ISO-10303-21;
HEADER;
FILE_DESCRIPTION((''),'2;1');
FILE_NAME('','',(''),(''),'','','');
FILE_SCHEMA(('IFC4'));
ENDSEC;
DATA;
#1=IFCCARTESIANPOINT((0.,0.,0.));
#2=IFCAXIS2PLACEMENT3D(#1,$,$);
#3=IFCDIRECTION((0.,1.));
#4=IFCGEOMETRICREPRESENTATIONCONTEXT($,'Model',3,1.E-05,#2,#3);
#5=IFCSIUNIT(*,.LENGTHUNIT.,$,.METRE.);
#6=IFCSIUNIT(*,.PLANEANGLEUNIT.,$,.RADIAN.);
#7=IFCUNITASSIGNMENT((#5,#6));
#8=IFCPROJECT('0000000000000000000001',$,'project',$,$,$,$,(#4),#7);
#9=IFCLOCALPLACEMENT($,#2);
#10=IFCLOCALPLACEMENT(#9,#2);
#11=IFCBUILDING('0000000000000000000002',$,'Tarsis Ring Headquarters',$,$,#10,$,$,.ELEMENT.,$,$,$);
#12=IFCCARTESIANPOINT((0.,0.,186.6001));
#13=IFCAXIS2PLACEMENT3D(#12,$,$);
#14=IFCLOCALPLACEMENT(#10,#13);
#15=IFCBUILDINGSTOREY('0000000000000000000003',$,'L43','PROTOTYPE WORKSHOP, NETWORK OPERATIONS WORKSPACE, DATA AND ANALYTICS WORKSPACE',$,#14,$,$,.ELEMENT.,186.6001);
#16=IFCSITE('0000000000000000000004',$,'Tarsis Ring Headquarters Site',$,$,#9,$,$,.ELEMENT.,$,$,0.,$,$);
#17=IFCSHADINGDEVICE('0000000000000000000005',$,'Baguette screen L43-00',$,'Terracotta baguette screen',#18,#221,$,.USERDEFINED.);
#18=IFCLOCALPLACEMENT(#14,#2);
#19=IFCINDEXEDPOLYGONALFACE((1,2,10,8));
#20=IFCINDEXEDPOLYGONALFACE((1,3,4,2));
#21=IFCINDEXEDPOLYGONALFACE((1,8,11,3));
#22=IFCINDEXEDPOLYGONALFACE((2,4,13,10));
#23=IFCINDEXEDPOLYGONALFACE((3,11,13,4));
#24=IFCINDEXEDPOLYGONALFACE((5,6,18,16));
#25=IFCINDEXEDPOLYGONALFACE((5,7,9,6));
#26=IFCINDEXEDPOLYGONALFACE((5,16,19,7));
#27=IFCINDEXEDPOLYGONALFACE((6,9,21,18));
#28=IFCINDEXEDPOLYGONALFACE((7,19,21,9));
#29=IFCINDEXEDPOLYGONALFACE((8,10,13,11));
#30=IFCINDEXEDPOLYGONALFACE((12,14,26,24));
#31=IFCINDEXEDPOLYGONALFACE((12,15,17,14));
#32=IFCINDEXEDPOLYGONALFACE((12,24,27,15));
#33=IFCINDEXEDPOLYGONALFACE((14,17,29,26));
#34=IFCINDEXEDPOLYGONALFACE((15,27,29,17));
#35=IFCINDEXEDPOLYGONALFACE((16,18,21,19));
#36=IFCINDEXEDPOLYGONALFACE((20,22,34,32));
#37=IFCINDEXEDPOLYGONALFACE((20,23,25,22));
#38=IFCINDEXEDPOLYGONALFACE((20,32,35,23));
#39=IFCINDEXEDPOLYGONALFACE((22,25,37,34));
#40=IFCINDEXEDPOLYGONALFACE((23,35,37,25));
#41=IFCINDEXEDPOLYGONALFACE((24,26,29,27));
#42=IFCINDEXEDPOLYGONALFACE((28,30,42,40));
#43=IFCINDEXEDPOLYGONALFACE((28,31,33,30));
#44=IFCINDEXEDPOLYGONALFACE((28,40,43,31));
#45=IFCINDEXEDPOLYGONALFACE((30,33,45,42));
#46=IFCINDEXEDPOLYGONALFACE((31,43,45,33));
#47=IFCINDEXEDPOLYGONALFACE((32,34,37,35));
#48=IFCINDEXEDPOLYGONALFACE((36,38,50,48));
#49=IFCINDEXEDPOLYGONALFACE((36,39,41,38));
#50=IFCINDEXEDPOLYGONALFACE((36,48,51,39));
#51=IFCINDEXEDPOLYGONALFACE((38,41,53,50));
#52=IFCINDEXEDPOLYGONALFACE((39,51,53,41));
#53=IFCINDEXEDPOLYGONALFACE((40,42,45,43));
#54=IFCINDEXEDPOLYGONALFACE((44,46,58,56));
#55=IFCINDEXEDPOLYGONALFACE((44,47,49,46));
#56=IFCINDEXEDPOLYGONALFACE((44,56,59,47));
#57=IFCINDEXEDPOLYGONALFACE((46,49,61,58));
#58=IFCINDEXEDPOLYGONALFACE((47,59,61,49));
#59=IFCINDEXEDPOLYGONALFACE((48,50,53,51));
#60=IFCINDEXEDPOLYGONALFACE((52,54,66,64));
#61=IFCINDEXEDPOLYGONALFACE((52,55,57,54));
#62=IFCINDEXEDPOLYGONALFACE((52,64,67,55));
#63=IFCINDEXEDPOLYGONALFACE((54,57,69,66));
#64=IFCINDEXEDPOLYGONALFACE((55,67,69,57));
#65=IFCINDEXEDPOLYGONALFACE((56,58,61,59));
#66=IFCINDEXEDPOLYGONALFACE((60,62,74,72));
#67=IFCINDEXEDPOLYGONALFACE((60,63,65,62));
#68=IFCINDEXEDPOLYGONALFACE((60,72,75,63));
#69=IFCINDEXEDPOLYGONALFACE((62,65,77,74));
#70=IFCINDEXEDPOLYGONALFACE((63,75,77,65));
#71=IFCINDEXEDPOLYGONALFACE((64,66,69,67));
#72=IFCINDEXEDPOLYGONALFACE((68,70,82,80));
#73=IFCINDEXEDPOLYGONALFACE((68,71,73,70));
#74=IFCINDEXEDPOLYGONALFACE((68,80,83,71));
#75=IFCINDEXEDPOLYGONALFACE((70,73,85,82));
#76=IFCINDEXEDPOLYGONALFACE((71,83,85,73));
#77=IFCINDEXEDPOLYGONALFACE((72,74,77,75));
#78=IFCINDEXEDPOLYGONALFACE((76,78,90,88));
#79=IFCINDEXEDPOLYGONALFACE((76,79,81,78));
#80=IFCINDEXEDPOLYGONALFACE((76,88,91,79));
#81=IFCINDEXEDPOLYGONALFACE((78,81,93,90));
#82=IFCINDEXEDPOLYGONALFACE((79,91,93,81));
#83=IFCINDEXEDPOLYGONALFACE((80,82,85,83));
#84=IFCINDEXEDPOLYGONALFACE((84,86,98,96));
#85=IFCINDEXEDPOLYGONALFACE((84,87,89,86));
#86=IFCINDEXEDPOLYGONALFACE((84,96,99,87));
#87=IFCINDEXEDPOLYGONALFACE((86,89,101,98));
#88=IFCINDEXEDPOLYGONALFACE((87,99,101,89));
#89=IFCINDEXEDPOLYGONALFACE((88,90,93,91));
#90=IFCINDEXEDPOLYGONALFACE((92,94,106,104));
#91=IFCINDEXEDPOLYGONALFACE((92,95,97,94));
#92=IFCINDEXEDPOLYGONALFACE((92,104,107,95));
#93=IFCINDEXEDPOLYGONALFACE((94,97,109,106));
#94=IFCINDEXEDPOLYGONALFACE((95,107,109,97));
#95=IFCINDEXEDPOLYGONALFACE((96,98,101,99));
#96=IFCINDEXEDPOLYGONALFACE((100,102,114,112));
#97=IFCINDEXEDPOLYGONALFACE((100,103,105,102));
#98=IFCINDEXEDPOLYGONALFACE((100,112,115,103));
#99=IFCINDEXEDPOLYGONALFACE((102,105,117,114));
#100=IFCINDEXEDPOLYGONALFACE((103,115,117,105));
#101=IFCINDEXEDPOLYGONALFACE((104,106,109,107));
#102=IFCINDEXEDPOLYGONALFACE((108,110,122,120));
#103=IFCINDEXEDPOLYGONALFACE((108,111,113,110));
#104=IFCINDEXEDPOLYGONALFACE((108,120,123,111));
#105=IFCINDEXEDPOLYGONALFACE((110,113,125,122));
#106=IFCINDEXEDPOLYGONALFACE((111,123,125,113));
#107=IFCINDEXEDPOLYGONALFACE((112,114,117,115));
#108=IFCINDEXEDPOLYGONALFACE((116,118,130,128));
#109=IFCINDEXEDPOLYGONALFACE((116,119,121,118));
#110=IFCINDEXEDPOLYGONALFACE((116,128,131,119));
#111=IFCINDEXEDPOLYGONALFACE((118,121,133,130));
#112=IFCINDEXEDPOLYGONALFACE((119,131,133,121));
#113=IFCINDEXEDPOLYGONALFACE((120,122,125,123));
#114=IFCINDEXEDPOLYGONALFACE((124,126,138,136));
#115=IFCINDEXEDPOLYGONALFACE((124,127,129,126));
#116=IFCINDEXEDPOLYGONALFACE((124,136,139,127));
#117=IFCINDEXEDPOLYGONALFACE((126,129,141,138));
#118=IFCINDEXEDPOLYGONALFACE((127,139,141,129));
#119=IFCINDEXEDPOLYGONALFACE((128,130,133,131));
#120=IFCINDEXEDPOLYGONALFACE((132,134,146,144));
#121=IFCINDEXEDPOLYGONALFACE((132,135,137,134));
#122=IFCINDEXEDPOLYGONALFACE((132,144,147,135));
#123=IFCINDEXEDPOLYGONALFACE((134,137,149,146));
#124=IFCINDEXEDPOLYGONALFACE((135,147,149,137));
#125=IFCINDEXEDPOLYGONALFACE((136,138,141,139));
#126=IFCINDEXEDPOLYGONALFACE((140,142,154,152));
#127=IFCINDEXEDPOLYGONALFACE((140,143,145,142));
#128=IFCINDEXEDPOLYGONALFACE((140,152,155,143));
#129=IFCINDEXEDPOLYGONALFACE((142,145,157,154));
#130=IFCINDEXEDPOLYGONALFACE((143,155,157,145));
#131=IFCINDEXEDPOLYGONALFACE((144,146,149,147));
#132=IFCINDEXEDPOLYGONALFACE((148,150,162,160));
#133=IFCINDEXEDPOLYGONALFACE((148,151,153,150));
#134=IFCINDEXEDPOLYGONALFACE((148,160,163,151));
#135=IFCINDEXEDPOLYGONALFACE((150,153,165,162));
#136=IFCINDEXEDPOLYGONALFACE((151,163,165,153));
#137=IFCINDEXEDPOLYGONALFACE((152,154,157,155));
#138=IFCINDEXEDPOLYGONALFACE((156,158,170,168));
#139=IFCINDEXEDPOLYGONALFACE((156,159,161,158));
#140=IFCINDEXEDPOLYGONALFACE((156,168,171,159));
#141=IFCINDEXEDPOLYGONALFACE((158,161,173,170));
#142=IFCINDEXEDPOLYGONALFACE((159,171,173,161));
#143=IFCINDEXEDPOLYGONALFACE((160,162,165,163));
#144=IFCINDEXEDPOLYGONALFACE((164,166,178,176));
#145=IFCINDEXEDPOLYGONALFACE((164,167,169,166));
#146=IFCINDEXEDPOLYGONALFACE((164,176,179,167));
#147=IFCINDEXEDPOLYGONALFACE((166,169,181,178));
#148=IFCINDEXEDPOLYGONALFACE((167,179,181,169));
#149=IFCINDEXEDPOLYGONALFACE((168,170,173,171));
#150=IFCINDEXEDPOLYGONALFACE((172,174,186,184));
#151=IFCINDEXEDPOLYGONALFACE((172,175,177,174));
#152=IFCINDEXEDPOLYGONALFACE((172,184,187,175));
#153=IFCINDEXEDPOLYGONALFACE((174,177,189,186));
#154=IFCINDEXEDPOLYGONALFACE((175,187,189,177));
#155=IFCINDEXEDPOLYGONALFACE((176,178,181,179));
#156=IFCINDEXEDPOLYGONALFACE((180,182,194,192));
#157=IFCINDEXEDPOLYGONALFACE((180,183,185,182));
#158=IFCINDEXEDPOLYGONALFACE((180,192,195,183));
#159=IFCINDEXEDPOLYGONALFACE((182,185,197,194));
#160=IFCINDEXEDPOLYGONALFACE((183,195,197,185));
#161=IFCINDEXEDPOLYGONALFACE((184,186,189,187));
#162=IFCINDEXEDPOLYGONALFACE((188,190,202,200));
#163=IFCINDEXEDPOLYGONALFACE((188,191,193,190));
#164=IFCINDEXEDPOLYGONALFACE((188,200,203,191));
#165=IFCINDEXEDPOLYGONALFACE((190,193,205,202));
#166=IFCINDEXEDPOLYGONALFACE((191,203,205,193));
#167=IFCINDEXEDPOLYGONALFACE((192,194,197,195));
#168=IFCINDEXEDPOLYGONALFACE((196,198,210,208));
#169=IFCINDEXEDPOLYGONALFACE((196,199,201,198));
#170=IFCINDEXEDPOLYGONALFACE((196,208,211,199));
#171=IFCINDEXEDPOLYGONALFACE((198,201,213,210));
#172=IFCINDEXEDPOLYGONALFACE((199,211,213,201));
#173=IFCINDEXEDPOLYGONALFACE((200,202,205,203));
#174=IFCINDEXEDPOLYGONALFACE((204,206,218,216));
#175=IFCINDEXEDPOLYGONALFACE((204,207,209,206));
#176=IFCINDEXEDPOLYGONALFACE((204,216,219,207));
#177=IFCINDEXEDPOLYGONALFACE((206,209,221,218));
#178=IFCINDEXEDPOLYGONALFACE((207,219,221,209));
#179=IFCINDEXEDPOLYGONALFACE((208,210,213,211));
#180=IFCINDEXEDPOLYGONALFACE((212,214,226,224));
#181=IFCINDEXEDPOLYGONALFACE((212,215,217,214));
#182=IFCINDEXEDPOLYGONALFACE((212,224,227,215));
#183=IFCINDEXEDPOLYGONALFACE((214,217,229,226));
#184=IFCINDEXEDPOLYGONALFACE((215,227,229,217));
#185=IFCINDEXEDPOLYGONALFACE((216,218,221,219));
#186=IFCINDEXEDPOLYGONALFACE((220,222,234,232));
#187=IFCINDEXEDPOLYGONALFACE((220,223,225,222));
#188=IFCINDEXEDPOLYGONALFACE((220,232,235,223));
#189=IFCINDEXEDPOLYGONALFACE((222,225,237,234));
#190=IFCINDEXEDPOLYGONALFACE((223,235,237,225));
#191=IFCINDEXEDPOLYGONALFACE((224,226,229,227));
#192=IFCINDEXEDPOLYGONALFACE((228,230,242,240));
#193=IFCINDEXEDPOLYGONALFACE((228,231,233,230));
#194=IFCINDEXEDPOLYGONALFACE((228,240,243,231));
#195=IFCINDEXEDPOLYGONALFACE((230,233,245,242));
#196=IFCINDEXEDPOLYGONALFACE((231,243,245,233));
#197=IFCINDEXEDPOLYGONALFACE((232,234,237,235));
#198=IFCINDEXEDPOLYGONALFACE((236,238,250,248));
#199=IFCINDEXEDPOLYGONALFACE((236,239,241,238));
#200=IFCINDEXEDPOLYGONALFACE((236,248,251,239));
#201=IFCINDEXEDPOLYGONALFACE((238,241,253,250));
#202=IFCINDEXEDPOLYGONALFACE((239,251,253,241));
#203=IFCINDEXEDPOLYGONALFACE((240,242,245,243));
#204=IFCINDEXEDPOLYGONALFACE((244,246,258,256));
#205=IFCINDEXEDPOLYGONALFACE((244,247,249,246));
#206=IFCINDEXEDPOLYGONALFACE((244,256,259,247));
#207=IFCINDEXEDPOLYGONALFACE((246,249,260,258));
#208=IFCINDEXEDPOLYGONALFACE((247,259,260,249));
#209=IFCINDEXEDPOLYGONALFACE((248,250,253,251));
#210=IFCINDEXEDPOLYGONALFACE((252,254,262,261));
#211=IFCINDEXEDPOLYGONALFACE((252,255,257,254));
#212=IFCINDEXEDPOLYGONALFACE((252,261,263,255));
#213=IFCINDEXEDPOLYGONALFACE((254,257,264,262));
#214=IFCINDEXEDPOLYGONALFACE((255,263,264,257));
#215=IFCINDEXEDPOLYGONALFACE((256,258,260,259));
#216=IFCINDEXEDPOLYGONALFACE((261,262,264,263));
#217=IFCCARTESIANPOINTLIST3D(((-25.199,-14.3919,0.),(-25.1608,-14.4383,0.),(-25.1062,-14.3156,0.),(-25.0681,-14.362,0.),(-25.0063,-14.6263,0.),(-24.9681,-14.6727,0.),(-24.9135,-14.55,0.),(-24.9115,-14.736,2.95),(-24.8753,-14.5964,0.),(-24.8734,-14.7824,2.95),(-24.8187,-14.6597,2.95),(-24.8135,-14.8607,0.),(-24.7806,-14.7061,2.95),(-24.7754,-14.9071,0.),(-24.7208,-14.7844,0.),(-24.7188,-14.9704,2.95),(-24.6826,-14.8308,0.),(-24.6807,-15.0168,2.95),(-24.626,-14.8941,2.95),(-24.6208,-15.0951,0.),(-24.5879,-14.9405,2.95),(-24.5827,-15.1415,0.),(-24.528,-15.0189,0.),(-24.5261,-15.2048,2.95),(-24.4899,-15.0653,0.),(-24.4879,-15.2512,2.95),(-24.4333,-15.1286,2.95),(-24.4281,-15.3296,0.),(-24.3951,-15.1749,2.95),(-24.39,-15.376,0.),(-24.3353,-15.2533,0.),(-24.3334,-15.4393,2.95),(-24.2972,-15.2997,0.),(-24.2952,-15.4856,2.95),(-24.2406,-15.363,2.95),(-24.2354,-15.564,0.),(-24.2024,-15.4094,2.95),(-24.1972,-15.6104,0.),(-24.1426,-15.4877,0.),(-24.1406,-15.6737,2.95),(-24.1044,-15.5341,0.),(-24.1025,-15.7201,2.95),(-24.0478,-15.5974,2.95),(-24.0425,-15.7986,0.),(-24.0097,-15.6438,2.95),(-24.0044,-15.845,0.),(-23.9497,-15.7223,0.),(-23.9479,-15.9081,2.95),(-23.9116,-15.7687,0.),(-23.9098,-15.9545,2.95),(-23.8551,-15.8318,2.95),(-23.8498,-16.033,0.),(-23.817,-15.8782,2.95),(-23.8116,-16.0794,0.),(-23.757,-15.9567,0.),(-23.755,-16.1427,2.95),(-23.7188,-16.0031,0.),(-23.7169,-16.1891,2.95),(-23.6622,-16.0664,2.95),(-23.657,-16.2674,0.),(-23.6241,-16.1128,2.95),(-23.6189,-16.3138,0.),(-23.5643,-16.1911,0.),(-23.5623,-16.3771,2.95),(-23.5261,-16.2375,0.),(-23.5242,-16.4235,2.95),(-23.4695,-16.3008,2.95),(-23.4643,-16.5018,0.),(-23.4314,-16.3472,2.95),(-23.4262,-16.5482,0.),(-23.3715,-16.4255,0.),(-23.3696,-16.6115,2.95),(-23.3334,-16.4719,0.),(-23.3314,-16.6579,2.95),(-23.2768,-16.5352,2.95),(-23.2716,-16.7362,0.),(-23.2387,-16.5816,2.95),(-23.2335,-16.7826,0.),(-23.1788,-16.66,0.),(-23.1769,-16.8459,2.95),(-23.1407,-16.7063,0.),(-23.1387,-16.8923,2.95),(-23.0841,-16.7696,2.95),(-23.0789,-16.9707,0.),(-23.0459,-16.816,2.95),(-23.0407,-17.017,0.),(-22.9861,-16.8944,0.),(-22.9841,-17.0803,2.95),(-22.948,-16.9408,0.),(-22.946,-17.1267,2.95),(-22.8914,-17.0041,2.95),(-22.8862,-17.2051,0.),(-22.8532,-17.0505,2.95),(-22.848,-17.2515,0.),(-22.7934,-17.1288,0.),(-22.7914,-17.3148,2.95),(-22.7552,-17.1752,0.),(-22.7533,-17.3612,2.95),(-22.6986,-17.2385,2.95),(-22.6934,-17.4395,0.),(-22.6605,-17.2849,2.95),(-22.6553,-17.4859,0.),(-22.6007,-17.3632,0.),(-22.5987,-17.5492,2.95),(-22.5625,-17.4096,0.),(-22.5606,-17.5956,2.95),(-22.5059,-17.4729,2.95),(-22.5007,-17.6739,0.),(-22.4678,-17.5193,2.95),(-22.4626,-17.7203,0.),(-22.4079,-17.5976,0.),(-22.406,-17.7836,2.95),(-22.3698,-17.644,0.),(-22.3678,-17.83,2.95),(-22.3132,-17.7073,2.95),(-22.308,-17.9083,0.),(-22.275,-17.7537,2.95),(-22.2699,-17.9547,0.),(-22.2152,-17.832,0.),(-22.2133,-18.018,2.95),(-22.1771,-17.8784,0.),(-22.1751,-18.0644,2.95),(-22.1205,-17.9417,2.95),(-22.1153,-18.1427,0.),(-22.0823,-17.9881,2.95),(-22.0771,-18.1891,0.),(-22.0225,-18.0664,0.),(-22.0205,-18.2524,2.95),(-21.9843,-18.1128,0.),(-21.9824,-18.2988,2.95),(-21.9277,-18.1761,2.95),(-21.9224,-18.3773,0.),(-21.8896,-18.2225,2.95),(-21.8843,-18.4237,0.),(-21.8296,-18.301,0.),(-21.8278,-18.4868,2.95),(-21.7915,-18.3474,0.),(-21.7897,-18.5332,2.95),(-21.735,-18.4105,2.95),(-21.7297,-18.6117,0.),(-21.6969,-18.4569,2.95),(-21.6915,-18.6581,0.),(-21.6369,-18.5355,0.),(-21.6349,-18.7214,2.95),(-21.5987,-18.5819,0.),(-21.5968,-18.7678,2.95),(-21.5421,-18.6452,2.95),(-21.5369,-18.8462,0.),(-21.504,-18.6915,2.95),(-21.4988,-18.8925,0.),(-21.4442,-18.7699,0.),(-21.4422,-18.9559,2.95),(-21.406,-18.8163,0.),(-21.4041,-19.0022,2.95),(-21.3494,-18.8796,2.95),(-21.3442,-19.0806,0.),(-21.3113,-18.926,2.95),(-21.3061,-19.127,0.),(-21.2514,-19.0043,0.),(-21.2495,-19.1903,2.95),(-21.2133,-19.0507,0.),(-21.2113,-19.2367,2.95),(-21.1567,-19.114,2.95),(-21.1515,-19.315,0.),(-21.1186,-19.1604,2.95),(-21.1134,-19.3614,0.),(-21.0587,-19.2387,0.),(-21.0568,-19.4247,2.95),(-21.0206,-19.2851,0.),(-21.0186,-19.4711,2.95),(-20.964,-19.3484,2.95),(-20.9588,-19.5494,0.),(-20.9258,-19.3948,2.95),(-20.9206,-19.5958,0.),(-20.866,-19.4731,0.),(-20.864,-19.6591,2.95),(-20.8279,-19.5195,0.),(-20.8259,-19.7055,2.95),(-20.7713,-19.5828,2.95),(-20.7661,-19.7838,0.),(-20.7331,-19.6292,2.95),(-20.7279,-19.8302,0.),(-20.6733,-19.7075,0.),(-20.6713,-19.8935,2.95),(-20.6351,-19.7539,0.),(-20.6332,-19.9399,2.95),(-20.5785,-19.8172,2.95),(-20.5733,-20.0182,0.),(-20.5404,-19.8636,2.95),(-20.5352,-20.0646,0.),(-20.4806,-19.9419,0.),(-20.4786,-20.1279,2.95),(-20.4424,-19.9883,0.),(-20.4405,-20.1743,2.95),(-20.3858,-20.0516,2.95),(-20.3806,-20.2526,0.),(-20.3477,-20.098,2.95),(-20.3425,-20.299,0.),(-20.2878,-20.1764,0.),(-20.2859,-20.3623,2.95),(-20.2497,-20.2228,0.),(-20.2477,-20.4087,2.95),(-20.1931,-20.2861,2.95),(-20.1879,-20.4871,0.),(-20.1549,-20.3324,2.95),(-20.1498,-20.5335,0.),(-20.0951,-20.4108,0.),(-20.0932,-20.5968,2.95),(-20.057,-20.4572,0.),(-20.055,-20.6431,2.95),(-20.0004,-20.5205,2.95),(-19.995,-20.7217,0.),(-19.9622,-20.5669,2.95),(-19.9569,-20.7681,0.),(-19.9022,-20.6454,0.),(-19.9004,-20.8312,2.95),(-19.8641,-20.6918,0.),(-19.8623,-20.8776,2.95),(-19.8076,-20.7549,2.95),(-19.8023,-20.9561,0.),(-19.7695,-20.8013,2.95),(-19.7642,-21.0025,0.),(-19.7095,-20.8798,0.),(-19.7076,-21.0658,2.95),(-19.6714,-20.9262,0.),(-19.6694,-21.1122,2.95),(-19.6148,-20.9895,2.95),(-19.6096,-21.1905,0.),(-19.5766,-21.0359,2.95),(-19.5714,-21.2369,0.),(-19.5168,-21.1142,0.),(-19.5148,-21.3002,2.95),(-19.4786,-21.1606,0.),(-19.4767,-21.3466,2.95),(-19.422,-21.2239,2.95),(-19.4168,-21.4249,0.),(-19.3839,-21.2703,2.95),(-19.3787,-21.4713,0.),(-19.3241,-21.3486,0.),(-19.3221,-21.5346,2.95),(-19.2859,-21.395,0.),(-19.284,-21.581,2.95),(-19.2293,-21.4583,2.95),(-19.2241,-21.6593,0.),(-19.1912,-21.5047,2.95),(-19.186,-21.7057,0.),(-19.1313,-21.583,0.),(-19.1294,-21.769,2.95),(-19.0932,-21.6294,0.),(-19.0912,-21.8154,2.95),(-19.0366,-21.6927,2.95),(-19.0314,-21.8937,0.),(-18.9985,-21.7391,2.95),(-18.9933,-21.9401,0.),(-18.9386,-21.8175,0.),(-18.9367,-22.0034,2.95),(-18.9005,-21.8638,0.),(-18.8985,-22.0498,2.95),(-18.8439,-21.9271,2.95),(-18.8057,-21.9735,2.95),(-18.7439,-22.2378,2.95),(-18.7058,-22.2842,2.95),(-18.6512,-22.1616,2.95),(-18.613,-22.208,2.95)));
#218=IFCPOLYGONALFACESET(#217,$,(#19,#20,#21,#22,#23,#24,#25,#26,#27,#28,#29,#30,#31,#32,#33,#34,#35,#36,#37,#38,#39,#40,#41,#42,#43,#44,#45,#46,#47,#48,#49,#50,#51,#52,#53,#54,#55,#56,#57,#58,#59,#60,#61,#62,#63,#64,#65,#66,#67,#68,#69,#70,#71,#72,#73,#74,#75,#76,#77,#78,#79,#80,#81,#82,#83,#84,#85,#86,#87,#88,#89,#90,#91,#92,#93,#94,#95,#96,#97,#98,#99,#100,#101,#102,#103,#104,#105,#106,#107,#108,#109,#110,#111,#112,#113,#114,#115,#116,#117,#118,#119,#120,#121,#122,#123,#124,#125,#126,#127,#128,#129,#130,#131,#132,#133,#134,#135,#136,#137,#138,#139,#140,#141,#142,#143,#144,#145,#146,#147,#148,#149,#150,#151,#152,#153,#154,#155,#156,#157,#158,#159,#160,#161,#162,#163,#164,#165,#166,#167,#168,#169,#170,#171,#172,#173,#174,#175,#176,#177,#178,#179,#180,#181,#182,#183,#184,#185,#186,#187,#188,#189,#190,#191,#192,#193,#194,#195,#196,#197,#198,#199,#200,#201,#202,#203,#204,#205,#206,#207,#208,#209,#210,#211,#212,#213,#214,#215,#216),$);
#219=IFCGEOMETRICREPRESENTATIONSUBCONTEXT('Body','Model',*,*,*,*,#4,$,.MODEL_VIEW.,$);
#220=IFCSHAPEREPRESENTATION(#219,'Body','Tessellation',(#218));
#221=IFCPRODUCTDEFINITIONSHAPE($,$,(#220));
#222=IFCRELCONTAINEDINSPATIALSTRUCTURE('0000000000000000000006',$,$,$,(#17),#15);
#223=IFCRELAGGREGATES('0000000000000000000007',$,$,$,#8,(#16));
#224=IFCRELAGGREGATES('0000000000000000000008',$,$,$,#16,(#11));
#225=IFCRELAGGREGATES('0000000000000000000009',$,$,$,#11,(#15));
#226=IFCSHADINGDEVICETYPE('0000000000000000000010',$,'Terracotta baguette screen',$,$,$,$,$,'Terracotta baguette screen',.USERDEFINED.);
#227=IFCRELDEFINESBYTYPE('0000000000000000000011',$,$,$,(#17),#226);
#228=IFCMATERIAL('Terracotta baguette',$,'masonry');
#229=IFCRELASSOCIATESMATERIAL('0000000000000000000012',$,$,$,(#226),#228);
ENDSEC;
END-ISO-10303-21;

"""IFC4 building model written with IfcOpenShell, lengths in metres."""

from ifc_helpers import new_model, si_unit, direction, frame, frame_2d, origin, place, context, subcontext, project, spatial, rectangle, composite_profile, extrude, material, type_object, element, save


model = new_model("IFC4")

# Units and contexts
model_context = context("Model", 3, precision=1e-05, world=origin(), true_north=direction((0.0, 1.0)))
body_context = subcontext(model_context, "Body", "Model", "MODEL_VIEW")
ifc_project = project(units=[si_unit("LENGTHUNIT", "METRE"), si_unit("PLANEANGLEUNIT", "RADIAN")], contexts=[model_context])

# Site, building, storey
site_placement = place(None, origin())
site = spatial("IfcSite", under=ifc_project, at=site_placement, Name="Tarsis Ring Headquarters Site", CompositionType="ELEMENT", RefElevation=0.0)
building_placement = place(site_placement, origin())
building = spatial("IfcBuilding", under=site, at=building_placement, Name="Tarsis Ring Headquarters", CompositionType="ELEMENT")
storey_placement = place(building_placement, frame((0.0, 0.0, 186.6001)))
storey = spatial("IfcBuildingStorey", under=building, at=storey_placement, Name="L43", Description="PROTOTYPE WORKSHOP, NETWORK OPERATIONS WORKSPACE, DATA AND ANALYTICS WORKSPACE", CompositionType="ELEMENT", Elevation=186.6001)

# Shading device
ifc_material_1 = material(Name="Terracotta baguette", Category="masonry")
shading_device_type = type_object("IfcShadingDeviceType", Name="Terracotta baguette screen", ElementType="Terracotta baguette screen", PredefinedType="USERDEFINED", material=ifc_material_1)
shading_device_1_placement = place(storey_placement, frame((-25.1526, -14.3538, 0.0), z_axis=(0.0, 0.0, 1.0), x_axis=(0.635062, -0.772448, 0.0)))
element("IfcShadingDevice", 1, at=shading_device_1_placement, inside=storey, type_object=shading_device_type, Name="Baguette screen L43-00", ObjectType="Terracotta baguette screen", PredefinedType="USERDEFINED", context=body_context, shape_type="SweptSolid", body=[
    extrude(composite_profile([rectangle(XDim=0.0601, YDim=0.1201, at=frame_2d((0.03, 0.0))), rectangle(XDim=0.0601, YDim=0.1201, at=frame_2d((0.3335, 0.0))), rectangle(XDim=0.0601, YDim=0.1201, at=frame_2d((0.637, 0.0))), rectangle(XDim=0.0601, YDim=0.1201, at=frame_2d((0.9404, 0.0))), rectangle(XDim=0.0601, YDim=0.1201, at=frame_2d((1.2439, 0.0))), rectangle(XDim=0.0601, YDim=0.1201, at=frame_2d((1.5474, 0.0))), rectangle(XDim=0.0601, YDim=0.1201, at=frame_2d((1.8511, 0.0))), rectangle(XDim=0.0601, YDim=0.1201, at=frame_2d((2.1545, 0.0))), rectangle(XDim=0.0601, YDim=0.1201, at=frame_2d((2.458, 0.0))), rectangle(XDim=0.0601, YDim=0.1201, at=frame_2d((2.7615, 0.0))), rectangle(XDim=0.0601, YDim=0.1201, at=frame_2d((3.0649, 0.0))), rectangle(XDim=0.0601, YDim=0.1201, at=frame_2d((3.3684, 0.0))), rectangle(XDim=0.0601, YDim=0.1201, at=frame_2d((3.6719, 0.0))), rectangle(XDim=0.0601, YDim=0.1201, at=frame_2d((3.9753, 0.0))), rectangle(XDim=0.0601, YDim=0.1201, at=frame_2d((4.2788, 0.0))), rectangle(XDim=0.0601, YDim=0.1201, at=frame_2d((4.5823, 0.0))), rectangle(XDim=0.0601, YDim=0.1201, at=frame_2d((4.8857, 0.0))), rectangle(XDim=0.0601, YDim=0.1201, at=frame_2d((5.1895, 0.0))), rectangle(XDim=0.0601, YDim=0.1201, at=frame_2d((5.4929, 0.0))), rectangle(XDim=0.0601, YDim=0.1201, at=frame_2d((5.7964, 0.0))), rectangle(XDim=0.0601, YDim=0.1201, at=frame_2d((6.0999, 0.0))), rectangle(XDim=0.0601, YDim=0.1201, at=frame_2d((6.4033, 0.0))), rectangle(XDim=0.0601, YDim=0.1201, at=frame_2d((6.7068, 0.0))), rectangle(XDim=0.0601, YDim=0.1201, at=frame_2d((7.0103, 0.0))), rectangle(XDim=0.0601, YDim=0.1201, at=frame_2d((7.3137, 0.0))), rectangle(XDim=0.0601, YDim=0.1201, at=frame_2d((7.6172, 0.0))), rectangle(XDim=0.0601, YDim=0.1201, at=frame_2d((7.9207, 0.0))), rectangle(XDim=0.0601, YDim=0.1201, at=frame_2d((8.2244, 0.0))), rectangle(XDim=0.0601, YDim=0.1201, at=frame_2d((8.5278, 0.0))), rectangle(XDim=0.0601, YDim=0.1201, at=frame_2d((8.8313, 0.0))), rectangle(XDim=0.0601, YDim=0.1201, at=frame_2d((9.1348, 0.0))), rectangle(XDim=0.0601, YDim=0.1201, at=frame_2d((9.4382, 0.0))), rectangle(XDim=0.0601, YDim=0.1201, at=frame_2d((9.7417, 0.0)))]), origin(), (0.150263, 0.00118, 0.988645), 2.9839),
])

save(model, "model.ifc")
